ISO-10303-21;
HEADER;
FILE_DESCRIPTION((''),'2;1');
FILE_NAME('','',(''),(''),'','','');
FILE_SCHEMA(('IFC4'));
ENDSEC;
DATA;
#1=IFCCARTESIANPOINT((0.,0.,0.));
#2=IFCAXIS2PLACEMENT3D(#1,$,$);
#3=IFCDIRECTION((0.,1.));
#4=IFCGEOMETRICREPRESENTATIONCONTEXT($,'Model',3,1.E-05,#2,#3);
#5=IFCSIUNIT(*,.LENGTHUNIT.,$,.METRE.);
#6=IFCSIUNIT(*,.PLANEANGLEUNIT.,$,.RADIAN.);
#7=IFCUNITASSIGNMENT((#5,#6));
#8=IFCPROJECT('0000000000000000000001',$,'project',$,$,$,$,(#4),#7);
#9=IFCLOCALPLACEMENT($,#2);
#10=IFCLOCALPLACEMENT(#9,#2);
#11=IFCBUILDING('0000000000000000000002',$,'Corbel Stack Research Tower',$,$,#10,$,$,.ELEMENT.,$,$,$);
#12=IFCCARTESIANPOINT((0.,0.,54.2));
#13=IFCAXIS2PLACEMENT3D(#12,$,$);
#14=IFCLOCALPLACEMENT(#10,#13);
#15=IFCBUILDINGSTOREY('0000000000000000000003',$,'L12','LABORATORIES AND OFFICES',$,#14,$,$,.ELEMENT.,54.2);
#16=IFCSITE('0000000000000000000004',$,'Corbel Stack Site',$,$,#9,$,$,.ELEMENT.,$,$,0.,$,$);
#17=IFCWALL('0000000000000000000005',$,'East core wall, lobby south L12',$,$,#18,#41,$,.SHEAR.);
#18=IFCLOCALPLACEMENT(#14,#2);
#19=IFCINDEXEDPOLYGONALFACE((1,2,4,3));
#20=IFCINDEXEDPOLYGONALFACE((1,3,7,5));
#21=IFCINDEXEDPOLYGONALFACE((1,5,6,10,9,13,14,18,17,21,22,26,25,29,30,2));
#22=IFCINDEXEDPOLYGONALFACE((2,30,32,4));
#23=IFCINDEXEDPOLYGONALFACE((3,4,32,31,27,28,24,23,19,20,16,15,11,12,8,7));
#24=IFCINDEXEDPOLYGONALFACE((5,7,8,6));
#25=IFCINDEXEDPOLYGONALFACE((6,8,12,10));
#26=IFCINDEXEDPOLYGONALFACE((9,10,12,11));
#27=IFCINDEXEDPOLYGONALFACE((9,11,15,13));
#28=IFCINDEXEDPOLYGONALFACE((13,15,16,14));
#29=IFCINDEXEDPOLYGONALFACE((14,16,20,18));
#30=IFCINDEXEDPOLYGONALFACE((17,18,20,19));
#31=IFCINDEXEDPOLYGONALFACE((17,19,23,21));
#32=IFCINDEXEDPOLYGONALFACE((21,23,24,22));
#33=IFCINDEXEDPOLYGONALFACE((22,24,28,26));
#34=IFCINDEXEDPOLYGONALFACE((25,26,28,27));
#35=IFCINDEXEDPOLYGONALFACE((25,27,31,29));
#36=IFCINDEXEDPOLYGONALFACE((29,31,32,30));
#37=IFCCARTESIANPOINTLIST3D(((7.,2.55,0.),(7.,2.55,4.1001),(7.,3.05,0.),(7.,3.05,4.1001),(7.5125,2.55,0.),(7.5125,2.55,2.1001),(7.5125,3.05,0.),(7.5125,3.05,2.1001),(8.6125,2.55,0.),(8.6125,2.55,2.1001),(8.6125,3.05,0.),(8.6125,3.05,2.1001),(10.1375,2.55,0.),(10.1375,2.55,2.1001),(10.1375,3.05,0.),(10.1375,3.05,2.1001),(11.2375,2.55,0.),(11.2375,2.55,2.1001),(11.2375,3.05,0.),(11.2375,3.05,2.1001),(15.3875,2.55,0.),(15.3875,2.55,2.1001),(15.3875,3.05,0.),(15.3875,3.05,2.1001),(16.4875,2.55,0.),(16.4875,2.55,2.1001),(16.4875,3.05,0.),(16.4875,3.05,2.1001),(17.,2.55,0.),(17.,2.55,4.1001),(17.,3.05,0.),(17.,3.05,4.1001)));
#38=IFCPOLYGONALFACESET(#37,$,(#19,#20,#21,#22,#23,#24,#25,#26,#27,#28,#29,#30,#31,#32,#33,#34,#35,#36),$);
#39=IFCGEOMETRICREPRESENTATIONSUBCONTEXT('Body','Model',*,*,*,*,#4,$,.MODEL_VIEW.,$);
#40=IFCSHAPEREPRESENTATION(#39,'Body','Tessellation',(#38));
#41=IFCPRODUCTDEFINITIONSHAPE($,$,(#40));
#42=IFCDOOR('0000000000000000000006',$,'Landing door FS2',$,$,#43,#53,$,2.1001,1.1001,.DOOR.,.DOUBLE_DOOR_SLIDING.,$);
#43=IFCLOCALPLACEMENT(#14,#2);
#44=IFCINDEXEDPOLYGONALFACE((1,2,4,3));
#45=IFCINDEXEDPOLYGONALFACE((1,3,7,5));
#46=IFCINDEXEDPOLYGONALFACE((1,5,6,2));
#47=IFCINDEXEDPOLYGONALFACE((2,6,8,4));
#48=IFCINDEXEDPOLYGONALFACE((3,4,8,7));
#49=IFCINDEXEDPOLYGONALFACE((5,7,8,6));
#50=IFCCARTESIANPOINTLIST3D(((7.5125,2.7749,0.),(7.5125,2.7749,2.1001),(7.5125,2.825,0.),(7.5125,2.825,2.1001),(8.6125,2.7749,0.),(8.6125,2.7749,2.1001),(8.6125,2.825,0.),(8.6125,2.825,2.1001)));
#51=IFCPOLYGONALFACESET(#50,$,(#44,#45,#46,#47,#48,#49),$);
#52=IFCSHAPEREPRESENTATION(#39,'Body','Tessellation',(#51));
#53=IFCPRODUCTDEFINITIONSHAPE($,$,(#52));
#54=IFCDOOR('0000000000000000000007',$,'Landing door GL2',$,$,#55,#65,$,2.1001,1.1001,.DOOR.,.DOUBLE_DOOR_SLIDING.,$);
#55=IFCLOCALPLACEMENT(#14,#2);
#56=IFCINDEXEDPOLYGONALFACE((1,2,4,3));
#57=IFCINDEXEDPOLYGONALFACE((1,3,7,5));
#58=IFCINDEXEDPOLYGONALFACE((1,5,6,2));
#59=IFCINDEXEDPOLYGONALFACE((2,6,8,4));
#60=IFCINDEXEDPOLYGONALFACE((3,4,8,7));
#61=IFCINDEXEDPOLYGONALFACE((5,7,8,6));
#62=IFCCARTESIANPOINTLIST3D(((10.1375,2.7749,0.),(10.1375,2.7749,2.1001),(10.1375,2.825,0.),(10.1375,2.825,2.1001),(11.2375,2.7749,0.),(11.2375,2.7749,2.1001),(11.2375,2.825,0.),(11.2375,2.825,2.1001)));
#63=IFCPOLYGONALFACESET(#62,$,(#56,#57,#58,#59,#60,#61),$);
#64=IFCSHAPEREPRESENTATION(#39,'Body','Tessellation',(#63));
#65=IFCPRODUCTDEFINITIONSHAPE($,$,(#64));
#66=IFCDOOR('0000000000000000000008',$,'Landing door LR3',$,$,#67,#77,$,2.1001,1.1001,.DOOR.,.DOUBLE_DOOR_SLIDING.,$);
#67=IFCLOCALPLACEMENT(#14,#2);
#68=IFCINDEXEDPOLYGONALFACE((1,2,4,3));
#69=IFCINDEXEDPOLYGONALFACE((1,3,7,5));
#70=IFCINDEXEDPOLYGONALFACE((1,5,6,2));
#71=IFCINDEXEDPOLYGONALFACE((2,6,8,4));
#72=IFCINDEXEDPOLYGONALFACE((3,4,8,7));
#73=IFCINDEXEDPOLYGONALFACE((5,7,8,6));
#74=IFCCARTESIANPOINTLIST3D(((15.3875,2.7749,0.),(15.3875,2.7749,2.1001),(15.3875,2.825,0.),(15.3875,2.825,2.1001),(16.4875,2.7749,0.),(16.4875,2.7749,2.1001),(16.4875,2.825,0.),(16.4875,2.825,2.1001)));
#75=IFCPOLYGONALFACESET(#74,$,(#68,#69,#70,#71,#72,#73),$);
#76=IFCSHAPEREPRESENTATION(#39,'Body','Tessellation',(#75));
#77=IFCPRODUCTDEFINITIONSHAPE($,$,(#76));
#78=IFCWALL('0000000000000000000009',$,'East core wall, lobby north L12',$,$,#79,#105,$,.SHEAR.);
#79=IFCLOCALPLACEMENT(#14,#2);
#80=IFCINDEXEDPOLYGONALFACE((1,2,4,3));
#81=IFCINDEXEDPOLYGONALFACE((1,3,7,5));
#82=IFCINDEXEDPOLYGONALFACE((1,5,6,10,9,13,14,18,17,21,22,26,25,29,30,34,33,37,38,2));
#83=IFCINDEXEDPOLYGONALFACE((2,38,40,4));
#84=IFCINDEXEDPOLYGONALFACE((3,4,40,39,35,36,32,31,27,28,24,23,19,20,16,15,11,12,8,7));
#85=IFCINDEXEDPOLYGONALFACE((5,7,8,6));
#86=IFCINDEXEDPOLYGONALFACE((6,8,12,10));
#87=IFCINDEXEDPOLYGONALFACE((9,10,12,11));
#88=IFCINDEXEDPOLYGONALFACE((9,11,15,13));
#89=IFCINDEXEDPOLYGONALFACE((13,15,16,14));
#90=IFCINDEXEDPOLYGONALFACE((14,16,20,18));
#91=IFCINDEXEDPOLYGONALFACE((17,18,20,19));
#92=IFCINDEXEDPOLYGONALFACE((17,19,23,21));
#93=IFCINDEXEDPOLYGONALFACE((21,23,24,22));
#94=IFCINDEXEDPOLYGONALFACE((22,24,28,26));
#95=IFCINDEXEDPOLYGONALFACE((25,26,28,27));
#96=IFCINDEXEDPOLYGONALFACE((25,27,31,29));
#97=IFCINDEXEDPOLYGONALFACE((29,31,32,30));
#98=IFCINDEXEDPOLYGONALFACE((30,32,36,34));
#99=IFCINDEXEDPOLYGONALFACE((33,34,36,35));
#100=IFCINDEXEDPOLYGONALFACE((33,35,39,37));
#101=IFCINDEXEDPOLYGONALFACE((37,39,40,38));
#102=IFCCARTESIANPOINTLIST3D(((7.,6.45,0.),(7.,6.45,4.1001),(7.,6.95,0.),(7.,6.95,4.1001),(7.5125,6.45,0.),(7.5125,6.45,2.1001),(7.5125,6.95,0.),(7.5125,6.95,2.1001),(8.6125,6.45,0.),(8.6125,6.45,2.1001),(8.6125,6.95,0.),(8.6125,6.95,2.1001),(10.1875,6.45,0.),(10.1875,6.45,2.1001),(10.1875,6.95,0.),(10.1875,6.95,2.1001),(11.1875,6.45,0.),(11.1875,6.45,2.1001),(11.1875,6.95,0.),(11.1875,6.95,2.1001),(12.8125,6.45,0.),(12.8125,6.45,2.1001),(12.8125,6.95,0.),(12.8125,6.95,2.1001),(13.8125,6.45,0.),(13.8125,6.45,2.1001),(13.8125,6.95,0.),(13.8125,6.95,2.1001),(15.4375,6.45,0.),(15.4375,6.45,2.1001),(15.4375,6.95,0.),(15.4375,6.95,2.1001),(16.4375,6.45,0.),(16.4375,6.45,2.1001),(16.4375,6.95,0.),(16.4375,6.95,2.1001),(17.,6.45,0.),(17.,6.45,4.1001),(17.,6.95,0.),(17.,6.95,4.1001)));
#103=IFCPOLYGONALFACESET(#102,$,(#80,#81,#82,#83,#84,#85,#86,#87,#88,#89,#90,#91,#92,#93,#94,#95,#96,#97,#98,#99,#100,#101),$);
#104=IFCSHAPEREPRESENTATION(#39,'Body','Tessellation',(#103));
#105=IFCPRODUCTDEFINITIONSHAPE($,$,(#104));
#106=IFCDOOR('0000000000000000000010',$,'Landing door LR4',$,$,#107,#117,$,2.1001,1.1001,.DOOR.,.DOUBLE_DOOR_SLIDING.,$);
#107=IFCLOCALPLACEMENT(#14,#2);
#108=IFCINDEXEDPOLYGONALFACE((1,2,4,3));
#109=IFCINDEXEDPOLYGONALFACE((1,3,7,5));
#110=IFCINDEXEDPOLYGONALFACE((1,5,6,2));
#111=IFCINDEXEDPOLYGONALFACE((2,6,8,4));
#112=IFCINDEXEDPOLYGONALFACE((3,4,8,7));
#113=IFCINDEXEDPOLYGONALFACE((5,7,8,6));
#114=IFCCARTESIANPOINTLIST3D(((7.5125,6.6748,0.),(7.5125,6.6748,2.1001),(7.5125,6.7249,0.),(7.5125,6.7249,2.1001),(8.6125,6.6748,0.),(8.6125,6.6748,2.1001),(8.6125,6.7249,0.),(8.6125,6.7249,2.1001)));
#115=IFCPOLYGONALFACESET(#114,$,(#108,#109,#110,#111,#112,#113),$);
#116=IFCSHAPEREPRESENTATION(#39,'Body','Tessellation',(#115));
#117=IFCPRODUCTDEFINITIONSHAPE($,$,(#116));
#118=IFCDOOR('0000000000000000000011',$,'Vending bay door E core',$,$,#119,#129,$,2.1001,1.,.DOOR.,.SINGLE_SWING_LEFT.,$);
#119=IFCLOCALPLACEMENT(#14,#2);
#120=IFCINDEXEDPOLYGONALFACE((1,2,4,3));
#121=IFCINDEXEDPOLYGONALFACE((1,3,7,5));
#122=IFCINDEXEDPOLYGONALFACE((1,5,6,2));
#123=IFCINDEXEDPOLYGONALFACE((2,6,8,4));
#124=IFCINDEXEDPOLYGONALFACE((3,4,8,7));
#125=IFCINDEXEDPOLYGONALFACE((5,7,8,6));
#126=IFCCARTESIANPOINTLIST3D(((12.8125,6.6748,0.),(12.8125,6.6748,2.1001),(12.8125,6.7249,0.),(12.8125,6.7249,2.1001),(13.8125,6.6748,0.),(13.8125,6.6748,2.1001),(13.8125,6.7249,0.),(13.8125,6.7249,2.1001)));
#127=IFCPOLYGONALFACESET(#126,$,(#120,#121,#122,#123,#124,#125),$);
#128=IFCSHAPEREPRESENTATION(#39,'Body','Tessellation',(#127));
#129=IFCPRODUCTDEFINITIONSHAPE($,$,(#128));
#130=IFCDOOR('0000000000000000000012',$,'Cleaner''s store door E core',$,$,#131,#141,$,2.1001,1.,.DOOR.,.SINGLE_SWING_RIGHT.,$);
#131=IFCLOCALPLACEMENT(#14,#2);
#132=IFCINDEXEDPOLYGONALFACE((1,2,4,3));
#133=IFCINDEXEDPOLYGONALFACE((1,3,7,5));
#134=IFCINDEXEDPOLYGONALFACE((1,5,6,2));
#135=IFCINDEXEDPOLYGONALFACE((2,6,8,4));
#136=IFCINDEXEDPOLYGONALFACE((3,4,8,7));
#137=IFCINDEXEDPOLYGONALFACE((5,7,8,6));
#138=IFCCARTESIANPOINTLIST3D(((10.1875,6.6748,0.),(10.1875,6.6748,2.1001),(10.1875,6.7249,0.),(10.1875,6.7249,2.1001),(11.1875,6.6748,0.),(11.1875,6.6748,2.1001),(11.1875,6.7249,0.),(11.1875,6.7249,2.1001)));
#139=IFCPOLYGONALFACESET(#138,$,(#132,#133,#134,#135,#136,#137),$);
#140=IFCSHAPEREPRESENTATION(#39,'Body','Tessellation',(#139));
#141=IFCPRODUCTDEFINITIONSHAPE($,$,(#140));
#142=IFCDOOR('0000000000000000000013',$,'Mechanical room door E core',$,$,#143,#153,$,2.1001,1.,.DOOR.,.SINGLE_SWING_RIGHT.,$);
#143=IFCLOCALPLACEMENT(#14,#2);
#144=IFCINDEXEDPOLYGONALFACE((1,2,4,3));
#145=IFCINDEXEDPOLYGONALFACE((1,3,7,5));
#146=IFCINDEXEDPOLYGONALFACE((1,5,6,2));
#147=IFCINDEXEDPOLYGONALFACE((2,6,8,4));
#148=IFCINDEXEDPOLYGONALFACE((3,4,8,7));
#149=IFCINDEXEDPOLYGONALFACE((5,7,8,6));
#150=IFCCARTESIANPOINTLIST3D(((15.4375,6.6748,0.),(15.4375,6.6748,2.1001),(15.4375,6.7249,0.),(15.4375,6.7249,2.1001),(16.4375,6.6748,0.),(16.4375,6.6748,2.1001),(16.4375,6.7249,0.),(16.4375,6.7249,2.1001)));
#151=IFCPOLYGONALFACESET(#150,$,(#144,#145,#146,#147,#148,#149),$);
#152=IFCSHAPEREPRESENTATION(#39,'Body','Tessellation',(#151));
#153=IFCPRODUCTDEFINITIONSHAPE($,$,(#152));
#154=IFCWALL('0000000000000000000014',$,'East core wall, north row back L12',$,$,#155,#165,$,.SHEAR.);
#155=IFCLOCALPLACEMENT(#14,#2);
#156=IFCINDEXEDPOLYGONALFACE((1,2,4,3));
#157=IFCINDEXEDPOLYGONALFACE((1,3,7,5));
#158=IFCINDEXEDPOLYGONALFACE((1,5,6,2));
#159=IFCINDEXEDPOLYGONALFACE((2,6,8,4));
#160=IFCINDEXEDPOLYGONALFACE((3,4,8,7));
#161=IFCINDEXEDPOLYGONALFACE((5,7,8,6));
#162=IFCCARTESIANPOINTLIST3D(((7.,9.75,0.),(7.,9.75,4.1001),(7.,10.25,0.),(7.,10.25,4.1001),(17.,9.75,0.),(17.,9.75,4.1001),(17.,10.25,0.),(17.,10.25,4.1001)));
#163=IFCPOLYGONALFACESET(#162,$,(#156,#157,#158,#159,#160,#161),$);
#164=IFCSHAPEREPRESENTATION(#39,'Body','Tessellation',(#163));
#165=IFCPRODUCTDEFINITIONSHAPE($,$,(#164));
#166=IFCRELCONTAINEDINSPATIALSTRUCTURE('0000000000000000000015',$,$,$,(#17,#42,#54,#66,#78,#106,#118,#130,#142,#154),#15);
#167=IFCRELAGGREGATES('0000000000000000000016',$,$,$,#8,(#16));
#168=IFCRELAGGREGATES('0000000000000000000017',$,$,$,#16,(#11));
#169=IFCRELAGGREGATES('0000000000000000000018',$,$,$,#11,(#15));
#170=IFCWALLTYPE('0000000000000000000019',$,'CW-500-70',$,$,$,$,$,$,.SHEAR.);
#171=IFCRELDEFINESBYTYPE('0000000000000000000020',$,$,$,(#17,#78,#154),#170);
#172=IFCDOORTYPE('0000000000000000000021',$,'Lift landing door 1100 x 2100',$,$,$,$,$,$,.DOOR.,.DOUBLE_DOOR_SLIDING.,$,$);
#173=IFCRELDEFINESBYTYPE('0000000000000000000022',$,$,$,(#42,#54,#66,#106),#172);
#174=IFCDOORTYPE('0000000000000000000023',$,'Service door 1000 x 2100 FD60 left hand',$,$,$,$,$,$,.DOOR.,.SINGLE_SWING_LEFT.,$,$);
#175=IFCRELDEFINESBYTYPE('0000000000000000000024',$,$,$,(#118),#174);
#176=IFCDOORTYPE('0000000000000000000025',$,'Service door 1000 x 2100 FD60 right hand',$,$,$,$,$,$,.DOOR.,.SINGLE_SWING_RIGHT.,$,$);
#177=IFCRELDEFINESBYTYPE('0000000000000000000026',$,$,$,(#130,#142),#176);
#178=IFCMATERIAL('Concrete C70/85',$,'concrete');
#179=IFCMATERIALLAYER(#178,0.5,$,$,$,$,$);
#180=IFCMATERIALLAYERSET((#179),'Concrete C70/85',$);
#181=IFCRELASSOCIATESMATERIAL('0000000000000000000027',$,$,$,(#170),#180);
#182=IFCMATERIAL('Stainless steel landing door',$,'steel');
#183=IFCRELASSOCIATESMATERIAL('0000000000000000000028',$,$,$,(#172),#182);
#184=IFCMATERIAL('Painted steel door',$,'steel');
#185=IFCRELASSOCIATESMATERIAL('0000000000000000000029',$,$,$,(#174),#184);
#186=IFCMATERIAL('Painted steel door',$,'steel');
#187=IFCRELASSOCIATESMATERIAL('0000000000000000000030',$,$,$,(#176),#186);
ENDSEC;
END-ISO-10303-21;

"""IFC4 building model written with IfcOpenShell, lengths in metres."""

from ifc_helpers import new_model, si_unit, direction, frame, frame_2d, origin, place, context, subcontext, project, spatial, rectangle, extrude, material, layer, layer_set, type_object, element, fill, save


model = new_model("IFC4")

# Units and contexts
model_context = context("Model", 3, precision=1e-05, world=origin(), true_north=direction((0.0, 1.0)))
body_context = subcontext(model_context, "Body", "Model", "MODEL_VIEW")
ifc_project = project(units=[si_unit("LENGTHUNIT", "METRE"), si_unit("PLANEANGLEUNIT", "RADIAN")], contexts=[model_context])

# Site, building, storey
site_placement = place(None, origin())
site = spatial("IfcSite", under=ifc_project, at=site_placement, Name="Corbel Stack Site", CompositionType="ELEMENT", RefElevation=0.0)
building_placement = place(site_placement, origin())
building = spatial("IfcBuilding", under=site, at=building_placement, Name="Corbel Stack Research Tower", CompositionType="ELEMENT")
storey_placement = place(building_placement, frame((0.0, 0.0, 54.2)))
storey = spatial("IfcBuildingStorey", under=building, at=storey_placement, Name="L12", Description="LABORATORIES AND OFFICES", CompositionType="ELEMENT", Elevation=54.2)

# Walls, openings, doors
ifc_material_1 = material(Name="Concrete C70/85", Category="concrete")
ifc_layer_1 = layer(ifc_material_1, 0.5)
ifc_layer_set_1 = layer_set([ifc_layer_1], Name="Concrete C70/85")
wall_type_1 = type_object("IfcWallType", Name="CW-500-70", PredefinedType="SHEAR", material=ifc_layer_set_1)
wall_1_placement = place(storey_placement, frame((7.0, 2.8, 0.0), z_axis=(0.0, 0.0, 1.0), x_axis=(1.0, 0.0, 0.0)))
wall_1 = element("IfcWall", 1, at=wall_1_placement, inside=storey, type_object=wall_type_1, Name="East core wall, lobby south L12", PredefinedType="SHEAR", context=body_context, shape_type="SweptSolid", body=[
    extrude(rectangle(XDim=10.0, YDim=0.5, at=frame_2d((5.0, 0.0))), origin(), (0.0, 0.0, 1.0), 4.1001),
])
opening_1_placement = place(wall_1_placement, frame((0.5125, 0.0, 0.0)))
opening_1 = element("IfcOpeningElement", 2, at=opening_1_placement, cuts=wall_1, PredefinedType="OPENING", context=body_context, shape_type="SweptSolid", body=[
    extrude(rectangle(XDim=1.1001, YDim=2.1001, at=frame_2d((0.55, 1.05))), frame((0.0, 0.26, 0.0), z_axis=(0.0, -1.0, 0.0), x_axis=(1.0, 0.0, 0.0)), (0.0, 0.0, 1.0), 0.52),
])
opening_2_placement = place(wall_1_placement, frame((3.1375, 0.0, 0.0)))
opening_2 = element("IfcOpeningElement", 3, at=opening_2_placement, cuts=wall_1, PredefinedType="OPENING", context=body_context, shape_type="SweptSolid", body=[
    extrude(rectangle(XDim=1.1001, YDim=2.1001, at=frame_2d((0.55, 1.05))), frame((0.0, 0.26, 0.0), z_axis=(0.0, -1.0, 0.0), x_axis=(1.0, 0.0, 0.0)), (0.0, 0.0, 1.0), 0.52),
])
opening_3_placement = place(wall_1_placement, frame((8.3875, 0.0, 0.0)))
opening_3 = element("IfcOpeningElement", 4, at=opening_3_placement, cuts=wall_1, PredefinedType="OPENING", context=body_context, shape_type="SweptSolid", body=[
    extrude(rectangle(XDim=1.1001, YDim=2.1001, at=frame_2d((0.55, 1.05))), frame((0.0, 0.26, 0.0), z_axis=(0.0, -1.0, 0.0), x_axis=(1.0, 0.0, 0.0)), (0.0, 0.0, 1.0), 0.52),
])
ifc_material_2 = material(Name="Stainless steel landing door", Category="steel")
door_type_1 = type_object("IfcDoorType", Name="Lift landing door 1100 x 2100", OperationType="DOUBLE_DOOR_SLIDING", PredefinedType="DOOR", material=ifc_material_2)
door_1_placement = place(opening_1_placement, origin())
door_1 = element("IfcDoor", 5, at=door_1_placement, inside=storey, type_object=door_type_1, Name="Landing door FS2", OperationType="DOUBLE_DOOR_SLIDING", OverallHeight=2.1001, OverallWidth=1.1001, PredefinedType="DOOR", context=body_context, shape_type="SweptSolid", body=[
    extrude(rectangle(XDim=1.1001, YDim=2.1001, at=frame_2d((0.55, 1.05))), frame((0.0, 0.0249, 0.0), z_axis=(0.0, -1.0, 0.0), x_axis=(1.0, 0.0, 0.0)), (0.0, 0.0, 1.0), 0.05),
])
fill(opening_1, door_1)
door_2_placement = place(opening_2_placement, origin())
door_2 = element("IfcDoor", 6, at=door_2_placement, inside=storey, type_object=door_type_1, Name="Landing door GL2", OperationType="DOUBLE_DOOR_SLIDING", OverallHeight=2.1001, OverallWidth=1.1001, PredefinedType="DOOR", context=body_context, shape_type="SweptSolid", body=[
    extrude(rectangle(XDim=1.1001, YDim=2.1001, at=frame_2d((0.55, 1.05))), frame((0.0, 0.0249, 0.0), z_axis=(0.0, -1.0, 0.0), x_axis=(1.0, 0.0, 0.0)), (0.0, 0.0, 1.0), 0.05),
])
fill(opening_2, door_2)
door_3_placement = place(opening_3_placement, origin())
door_3 = element("IfcDoor", 7, at=door_3_placement, inside=storey, type_object=door_type_1, Name="Landing door LR3", OperationType="DOUBLE_DOOR_SLIDING", OverallHeight=2.1001, OverallWidth=1.1001, PredefinedType="DOOR", context=body_context, shape_type="SweptSolid", body=[
    extrude(rectangle(XDim=1.1001, YDim=2.1001, at=frame_2d((0.55, 1.05))), frame((0.0, 0.0249, 0.0), z_axis=(0.0, -1.0, 0.0), x_axis=(1.0, 0.0, 0.0)), (0.0, 0.0, 1.0), 0.05),
])
fill(opening_3, door_3)
wall_2_placement = place(storey_placement, frame((7.0, 6.7, 0.0), z_axis=(0.0, 0.0, 1.0), x_axis=(1.0, 0.0, 0.0)))
wall_2 = element("IfcWall", 8, at=wall_2_placement, inside=storey, type_object=wall_type_1, Name="East core wall, lobby north L12", PredefinedType="SHEAR", context=body_context, shape_type="SweptSolid", body=[
    extrude(rectangle(XDim=10.0, YDim=0.5, at=frame_2d((5.0, 0.0))), origin(), (0.0, 0.0, 1.0), 4.1001),
])
opening_4_placement = place(wall_2_placement, frame((0.5125, 0.0, 0.0)))
opening_4 = element("IfcOpeningElement", 9, at=opening_4_placement, cuts=wall_2, PredefinedType="OPENING", context=body_context, shape_type="SweptSolid", body=[
    extrude(rectangle(XDim=1.1001, YDim=2.1001, at=frame_2d((0.55, 1.05))), frame((0.0, 0.26, 0.0), z_axis=(0.0, -1.0, 0.0), x_axis=(1.0, 0.0, 0.0)), (0.0, 0.0, 1.0), 0.52),
])
opening_5_placement = place(wall_2_placement, frame((3.1875, 0.0, 0.0)))
opening_5 = element("IfcOpeningElement", 10, at=opening_5_placement, cuts=wall_2, PredefinedType="OPENING", context=body_context, shape_type="SweptSolid", body=[
    extrude(rectangle(XDim=1.0, YDim=2.1001, at=frame_2d((0.5, 1.05))), frame((0.0, 0.26, 0.0), z_axis=(0.0, -1.0, 0.0), x_axis=(1.0, 0.0, 0.0)), (0.0, 0.0, 1.0), 0.52),
])
opening_6_placement = place(wall_2_placement, frame((5.8125, 0.0, 0.0)))
opening_6 = element("IfcOpeningElement", 11, at=opening_6_placement, cuts=wall_2, PredefinedType="OPENING", context=body_context, shape_type="SweptSolid", body=[
    extrude(rectangle(XDim=1.0, YDim=2.1001, at=frame_2d((0.5, 1.05))), frame((0.0, 0.26, 0.0), z_axis=(0.0, -1.0, 0.0), x_axis=(1.0, 0.0, 0.0)), (0.0, 0.0, 1.0), 0.52),
])
opening_7_placement = place(wall_2_placement, frame((8.4375, 0.0, 0.0)))
opening_7 = element("IfcOpeningElement", 12, at=opening_7_placement, cuts=wall_2, PredefinedType="OPENING", context=body_context, shape_type="SweptSolid", body=[
    extrude(rectangle(XDim=1.0, YDim=2.1001, at=frame_2d((0.5, 1.05))), frame((0.0, 0.26, 0.0), z_axis=(0.0, -1.0, 0.0), x_axis=(1.0, 0.0, 0.0)), (0.0, 0.0, 1.0), 0.52),
])
door_4_placement = place(opening_4_placement, origin())
door_4 = element("IfcDoor", 13, at=door_4_placement, inside=storey, type_object=door_type_1, Name="Landing door LR4", OperationType="DOUBLE_DOOR_SLIDING", OverallHeight=2.1001, OverallWidth=1.1001, PredefinedType="DOOR", context=body_context, shape_type="SweptSolid", body=[
    extrude(rectangle(XDim=1.1001, YDim=2.1001, at=frame_2d((0.55, 1.05))), frame((0.0, 0.0249, 0.0), z_axis=(0.0, -1.0, 0.0), x_axis=(1.0, 0.0, 0.0)), (0.0, 0.0, 1.0), 0.05),
])
fill(opening_4, door_4)
ifc_material_3 = material(Name="Painted steel door", Category="steel")
door_type_2 = type_object("IfcDoorType", Name="Service door 1000 x 2100 FD60 left hand", OperationType="SINGLE_SWING_LEFT", PredefinedType="DOOR", material=ifc_material_3)
door_5_placement = place(opening_6_placement, origin())
door_5 = element("IfcDoor", 14, at=door_5_placement, inside=storey, type_object=door_type_2, Name="Vending bay door E core", OperationType="SINGLE_SWING_LEFT", OverallHeight=2.1001, OverallWidth=1.0, PredefinedType="DOOR", context=body_context, shape_type="SweptSolid", body=[
    extrude(rectangle(XDim=1.0, YDim=2.1001, at=frame_2d((0.5, 1.05))), frame((0.0, 0.0249, 0.0), z_axis=(0.0, -1.0, 0.0), x_axis=(1.0, 0.0, 0.0)), (0.0, 0.0, 1.0), 0.05),
])
fill(opening_6, door_5)
ifc_material_4 = material(Name="Painted steel door", Category="steel")
door_type_3 = type_object("IfcDoorType", Name="Service door 1000 x 2100 FD60 right hand", OperationType="SINGLE_SWING_RIGHT", PredefinedType="DOOR", material=ifc_material_4)
door_6_placement = place(opening_5_placement, origin())
door_6 = element("IfcDoor", 15, at=door_6_placement, inside=storey, type_object=door_type_3, Name="Cleaner's store door E core", OperationType="SINGLE_SWING_RIGHT", OverallHeight=2.1001, OverallWidth=1.0, PredefinedType="DOOR", context=body_context, shape_type="SweptSolid", body=[
    extrude(rectangle(XDim=1.0, YDim=2.1001, at=frame_2d((0.5, 1.05))), frame((0.0, 0.0249, 0.0), z_axis=(0.0, -1.0, 0.0), x_axis=(1.0, 0.0, 0.0)), (0.0, 0.0, 1.0), 0.05),
])
fill(opening_5, door_6)
door_7_placement = place(opening_7_placement, origin())
door_7 = element("IfcDoor", 16, at=door_7_placement, inside=storey, type_object=door_type_3, Name="Mechanical room door E core", OperationType="SINGLE_SWING_RIGHT", OverallHeight=2.1001, OverallWidth=1.0, PredefinedType="DOOR", context=body_context, shape_type="SweptSolid", body=[
    extrude(rectangle(XDim=1.0, YDim=2.1001, at=frame_2d((0.5, 1.05))), frame((0.0, 0.0249, 0.0), z_axis=(0.0, -1.0, 0.0), x_axis=(1.0, 0.0, 0.0)), (0.0, 0.0, 1.0), 0.05),
])
fill(opening_7, door_7)

# Wall
wall_3_placement = place(storey_placement, frame((7.0, 10.0, 0.0), z_axis=(0.0, 0.0, 1.0), x_axis=(1.0, 0.0, 0.0)))
element("IfcWall", 17, at=wall_3_placement, inside=storey, type_object=wall_type_1, Name="East core wall, north row back L12", PredefinedType="SHEAR", context=body_context, shape_type="SweptSolid", body=[
    extrude(rectangle(XDim=10.0, YDim=0.5, at=frame_2d((5.0, 0.0))), origin(), (0.0, 0.0, 1.0), 4.1001),
])

save(model, "model.ifc")
